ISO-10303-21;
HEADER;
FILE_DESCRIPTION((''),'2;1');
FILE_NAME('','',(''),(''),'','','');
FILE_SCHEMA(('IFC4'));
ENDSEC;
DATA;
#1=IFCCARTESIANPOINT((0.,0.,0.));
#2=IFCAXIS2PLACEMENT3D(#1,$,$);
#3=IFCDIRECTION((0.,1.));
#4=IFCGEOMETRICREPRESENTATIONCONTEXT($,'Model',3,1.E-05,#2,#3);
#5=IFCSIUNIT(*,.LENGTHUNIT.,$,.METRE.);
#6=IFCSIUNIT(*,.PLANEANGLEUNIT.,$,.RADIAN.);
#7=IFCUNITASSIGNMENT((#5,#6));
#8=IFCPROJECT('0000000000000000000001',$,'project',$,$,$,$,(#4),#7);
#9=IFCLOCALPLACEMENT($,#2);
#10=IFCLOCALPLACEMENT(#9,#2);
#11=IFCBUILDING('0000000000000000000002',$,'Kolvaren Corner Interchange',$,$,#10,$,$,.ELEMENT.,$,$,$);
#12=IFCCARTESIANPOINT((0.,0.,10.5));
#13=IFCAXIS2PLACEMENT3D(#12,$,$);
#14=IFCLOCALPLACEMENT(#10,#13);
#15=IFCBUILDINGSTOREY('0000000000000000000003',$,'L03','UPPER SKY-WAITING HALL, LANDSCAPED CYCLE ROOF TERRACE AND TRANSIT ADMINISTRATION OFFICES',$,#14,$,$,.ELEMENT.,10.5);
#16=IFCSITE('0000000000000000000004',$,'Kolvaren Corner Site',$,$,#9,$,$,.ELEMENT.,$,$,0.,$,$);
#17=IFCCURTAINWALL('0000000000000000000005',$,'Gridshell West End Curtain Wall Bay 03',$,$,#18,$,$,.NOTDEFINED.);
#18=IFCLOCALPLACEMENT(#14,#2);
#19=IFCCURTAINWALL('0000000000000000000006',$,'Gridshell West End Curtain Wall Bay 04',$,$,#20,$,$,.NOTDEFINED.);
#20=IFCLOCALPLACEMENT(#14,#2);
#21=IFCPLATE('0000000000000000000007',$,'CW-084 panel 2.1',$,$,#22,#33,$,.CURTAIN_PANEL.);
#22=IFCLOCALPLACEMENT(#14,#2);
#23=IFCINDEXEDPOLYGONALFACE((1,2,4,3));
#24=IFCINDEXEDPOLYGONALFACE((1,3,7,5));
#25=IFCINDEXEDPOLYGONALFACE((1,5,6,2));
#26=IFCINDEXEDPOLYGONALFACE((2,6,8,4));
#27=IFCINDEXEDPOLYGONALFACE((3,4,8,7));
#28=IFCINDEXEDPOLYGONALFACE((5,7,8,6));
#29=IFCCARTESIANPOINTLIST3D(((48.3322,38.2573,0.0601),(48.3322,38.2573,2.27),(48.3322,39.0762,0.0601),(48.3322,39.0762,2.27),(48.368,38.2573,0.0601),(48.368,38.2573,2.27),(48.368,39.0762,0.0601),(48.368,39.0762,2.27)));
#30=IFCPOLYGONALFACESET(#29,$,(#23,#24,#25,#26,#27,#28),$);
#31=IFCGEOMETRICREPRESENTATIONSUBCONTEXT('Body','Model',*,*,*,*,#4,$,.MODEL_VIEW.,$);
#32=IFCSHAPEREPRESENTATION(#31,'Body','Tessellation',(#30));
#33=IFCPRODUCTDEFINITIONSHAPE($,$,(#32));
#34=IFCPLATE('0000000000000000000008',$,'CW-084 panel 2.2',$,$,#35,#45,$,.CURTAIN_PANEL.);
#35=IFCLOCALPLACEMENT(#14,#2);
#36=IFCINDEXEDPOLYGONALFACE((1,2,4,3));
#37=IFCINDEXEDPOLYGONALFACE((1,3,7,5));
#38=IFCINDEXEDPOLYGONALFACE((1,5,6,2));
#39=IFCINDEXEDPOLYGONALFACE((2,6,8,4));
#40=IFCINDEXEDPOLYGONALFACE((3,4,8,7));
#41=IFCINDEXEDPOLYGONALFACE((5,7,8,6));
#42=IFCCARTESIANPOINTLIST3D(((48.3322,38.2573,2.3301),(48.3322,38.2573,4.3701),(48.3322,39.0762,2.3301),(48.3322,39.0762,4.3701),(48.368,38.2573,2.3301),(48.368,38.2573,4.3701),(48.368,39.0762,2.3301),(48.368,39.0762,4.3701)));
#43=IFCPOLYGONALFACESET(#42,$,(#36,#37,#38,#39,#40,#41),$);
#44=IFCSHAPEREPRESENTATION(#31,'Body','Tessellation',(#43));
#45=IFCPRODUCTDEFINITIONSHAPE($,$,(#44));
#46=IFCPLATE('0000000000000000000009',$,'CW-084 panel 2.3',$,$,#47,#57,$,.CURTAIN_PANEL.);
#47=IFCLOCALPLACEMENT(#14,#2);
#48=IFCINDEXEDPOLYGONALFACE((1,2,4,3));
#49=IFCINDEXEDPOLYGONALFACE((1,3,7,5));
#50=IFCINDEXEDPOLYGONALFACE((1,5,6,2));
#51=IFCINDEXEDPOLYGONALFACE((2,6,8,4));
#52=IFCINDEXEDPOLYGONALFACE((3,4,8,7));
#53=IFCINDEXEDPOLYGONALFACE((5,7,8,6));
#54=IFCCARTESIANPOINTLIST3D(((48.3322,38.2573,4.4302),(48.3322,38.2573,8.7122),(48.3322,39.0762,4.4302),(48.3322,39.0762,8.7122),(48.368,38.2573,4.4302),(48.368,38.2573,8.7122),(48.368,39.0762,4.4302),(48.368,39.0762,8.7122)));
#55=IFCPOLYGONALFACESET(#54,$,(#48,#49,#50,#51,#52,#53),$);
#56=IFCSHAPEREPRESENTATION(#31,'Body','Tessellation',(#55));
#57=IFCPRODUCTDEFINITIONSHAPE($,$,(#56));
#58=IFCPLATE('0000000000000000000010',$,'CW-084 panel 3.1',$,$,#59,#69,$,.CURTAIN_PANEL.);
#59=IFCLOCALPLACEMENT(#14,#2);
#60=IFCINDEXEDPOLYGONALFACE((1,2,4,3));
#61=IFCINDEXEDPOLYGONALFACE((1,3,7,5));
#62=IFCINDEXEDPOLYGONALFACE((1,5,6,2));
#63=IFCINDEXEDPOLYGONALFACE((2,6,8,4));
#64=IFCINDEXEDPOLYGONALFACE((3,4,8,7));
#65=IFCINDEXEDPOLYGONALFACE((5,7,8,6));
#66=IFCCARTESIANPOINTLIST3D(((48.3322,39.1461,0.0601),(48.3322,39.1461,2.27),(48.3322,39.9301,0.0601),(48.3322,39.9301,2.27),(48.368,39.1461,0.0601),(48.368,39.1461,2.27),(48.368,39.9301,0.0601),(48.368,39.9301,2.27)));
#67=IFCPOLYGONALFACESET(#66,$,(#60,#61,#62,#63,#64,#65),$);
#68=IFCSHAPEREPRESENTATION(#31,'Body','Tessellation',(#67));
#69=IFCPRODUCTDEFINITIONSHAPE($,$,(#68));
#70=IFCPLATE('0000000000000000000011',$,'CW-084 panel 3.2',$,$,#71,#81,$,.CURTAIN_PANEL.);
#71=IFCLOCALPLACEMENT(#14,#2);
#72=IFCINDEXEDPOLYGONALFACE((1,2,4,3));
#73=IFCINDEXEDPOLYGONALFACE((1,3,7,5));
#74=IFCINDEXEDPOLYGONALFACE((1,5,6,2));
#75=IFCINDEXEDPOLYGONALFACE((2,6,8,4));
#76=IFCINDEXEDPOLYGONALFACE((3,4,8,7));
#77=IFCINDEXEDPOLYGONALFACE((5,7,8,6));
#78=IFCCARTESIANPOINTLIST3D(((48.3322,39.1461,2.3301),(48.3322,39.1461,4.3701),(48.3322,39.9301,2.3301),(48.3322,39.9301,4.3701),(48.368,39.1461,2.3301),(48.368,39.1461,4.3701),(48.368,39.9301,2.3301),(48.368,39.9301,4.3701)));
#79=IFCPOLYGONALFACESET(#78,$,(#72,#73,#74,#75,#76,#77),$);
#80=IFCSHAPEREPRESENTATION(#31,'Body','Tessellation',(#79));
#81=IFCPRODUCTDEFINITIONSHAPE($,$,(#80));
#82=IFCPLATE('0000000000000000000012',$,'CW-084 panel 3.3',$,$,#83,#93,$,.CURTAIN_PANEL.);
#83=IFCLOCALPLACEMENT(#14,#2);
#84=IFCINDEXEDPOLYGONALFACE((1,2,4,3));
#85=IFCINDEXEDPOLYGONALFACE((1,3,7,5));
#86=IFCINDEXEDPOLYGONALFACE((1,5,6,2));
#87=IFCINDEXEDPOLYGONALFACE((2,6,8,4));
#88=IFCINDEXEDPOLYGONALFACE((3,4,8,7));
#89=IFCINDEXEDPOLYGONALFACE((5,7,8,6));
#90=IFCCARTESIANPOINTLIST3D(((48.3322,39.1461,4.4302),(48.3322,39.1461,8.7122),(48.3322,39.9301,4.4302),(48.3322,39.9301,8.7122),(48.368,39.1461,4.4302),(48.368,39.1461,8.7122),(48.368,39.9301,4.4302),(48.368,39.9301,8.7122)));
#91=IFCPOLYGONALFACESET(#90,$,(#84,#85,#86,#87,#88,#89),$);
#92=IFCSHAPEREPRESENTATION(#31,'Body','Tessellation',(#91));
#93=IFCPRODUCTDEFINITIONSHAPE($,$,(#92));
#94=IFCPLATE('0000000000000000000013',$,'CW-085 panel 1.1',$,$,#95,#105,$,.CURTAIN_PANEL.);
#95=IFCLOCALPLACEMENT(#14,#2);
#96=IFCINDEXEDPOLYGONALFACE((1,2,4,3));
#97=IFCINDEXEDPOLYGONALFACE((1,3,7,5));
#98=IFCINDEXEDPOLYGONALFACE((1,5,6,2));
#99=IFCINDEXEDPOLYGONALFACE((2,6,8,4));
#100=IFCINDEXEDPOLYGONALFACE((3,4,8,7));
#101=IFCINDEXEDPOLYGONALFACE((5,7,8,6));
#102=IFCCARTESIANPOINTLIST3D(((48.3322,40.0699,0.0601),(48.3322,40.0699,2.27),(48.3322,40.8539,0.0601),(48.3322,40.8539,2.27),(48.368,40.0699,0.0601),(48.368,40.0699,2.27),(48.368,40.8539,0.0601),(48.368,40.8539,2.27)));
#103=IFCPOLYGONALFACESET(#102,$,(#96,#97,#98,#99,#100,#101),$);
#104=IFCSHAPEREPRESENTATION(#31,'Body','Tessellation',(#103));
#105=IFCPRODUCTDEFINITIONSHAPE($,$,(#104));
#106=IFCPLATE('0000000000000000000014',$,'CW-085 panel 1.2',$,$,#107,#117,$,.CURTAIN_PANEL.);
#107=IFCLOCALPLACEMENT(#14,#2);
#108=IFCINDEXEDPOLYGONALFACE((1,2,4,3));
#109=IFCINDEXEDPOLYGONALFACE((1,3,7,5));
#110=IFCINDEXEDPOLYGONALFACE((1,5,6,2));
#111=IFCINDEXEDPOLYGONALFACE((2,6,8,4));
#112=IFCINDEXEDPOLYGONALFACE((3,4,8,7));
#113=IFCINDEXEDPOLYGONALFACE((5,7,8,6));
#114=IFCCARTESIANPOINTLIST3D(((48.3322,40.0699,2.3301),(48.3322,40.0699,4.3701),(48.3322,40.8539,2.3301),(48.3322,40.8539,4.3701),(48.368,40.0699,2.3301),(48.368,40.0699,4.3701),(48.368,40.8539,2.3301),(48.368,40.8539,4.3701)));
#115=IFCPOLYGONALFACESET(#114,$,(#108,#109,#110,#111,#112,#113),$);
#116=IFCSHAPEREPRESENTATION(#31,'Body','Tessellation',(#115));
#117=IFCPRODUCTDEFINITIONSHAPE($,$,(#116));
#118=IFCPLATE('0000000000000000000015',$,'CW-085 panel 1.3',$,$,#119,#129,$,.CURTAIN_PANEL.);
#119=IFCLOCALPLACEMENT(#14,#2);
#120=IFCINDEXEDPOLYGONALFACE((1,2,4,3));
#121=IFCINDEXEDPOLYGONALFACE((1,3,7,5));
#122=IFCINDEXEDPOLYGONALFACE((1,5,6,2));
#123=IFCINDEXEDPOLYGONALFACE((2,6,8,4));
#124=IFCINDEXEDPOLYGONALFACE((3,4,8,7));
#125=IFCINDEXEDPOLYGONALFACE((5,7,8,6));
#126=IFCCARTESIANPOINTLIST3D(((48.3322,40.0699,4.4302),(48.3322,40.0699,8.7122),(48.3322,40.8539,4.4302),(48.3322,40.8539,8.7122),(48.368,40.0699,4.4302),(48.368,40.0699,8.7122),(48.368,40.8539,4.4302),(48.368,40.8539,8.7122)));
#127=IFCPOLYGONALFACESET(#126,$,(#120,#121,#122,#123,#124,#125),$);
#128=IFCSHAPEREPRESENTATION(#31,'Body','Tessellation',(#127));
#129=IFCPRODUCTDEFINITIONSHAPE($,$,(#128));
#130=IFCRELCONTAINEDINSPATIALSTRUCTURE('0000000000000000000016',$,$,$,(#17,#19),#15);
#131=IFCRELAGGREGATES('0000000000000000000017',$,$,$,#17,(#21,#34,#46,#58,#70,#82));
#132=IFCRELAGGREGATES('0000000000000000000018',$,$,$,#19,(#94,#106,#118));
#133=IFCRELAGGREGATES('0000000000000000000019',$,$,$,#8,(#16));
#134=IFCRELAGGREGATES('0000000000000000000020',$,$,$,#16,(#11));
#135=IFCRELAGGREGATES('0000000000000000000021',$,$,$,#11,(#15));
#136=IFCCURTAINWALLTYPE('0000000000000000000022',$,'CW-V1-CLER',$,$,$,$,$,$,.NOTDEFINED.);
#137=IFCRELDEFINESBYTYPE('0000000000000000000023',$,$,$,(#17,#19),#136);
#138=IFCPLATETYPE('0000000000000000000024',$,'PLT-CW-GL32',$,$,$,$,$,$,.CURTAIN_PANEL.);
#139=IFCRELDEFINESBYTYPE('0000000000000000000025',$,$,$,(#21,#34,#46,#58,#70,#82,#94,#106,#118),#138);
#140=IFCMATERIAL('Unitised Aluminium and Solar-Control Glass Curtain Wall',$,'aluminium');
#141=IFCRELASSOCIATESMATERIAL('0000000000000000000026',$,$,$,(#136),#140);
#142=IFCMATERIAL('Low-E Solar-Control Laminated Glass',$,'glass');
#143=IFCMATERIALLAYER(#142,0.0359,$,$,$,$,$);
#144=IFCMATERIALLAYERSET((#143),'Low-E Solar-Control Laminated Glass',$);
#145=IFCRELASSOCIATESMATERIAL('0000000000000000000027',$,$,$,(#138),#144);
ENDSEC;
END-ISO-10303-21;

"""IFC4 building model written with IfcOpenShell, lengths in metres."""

from ifc_helpers import new_model, si_unit, direction, frame, origin, origin_2d, place, context, subcontext, project, spatial, rectangle, extrude, material, layer, layer_set, type_object, element, aggregate, save


model = new_model("IFC4")

# Units and contexts
model_context = context("Model", 3, precision=1e-05, world=origin(), true_north=direction((0.0, 1.0)))
body_context = subcontext(model_context, "Body", "Model", "MODEL_VIEW")
ifc_project = project(units=[si_unit("LENGTHUNIT", "METRE"), si_unit("PLANEANGLEUNIT", "RADIAN")], contexts=[model_context])

# Site, building, storey
site_placement = place(None, origin())
site = spatial("IfcSite", under=ifc_project, at=site_placement, Name="Kolvaren Corner Site", CompositionType="ELEMENT", RefElevation=0.0)
building_placement = place(site_placement, origin())
building = spatial("IfcBuilding", under=site, at=building_placement, Name="Kolvaren Corner Interchange", CompositionType="ELEMENT")
storey_placement = place(building_placement, frame((0.0, 0.0, 10.5)))
storey = spatial("IfcBuildingStorey", under=building, at=storey_placement, Name="L03", Description="UPPER SKY-WAITING HALL, LANDSCAPED CYCLE ROOF TERRACE AND TRANSIT ADMINISTRATION OFFICES", CompositionType="ELEMENT", Elevation=10.5)

# Curtain walls
ifc_material_1 = material(Name="Unitised Aluminium and Solar-Control Glass Curtain Wall", Category="aluminium")
curtain_wall_type = type_object("IfcCurtainWallType", Name="CW-V1-CLER", PredefinedType="NOTDEFINED", material=ifc_material_1)
curtain_wall_1_placement = place(storey_placement, origin())
curtain_wall_1 = element("IfcCurtainWall", 1, at=curtain_wall_1_placement, inside=storey, type_object=curtain_wall_type, Name="Gridshell West End Curtain Wall Bay 03", PredefinedType="NOTDEFINED")
curtain_wall_2_placement = place(storey_placement, origin())
curtain_wall_2 = element("IfcCurtainWall", 2, at=curtain_wall_2_placement, inside=storey, type_object=curtain_wall_type, Name="Gridshell West End Curtain Wall Bay 04", PredefinedType="NOTDEFINED")

# Plates
ifc_material_2 = material(Name="Low-E Solar-Control Laminated Glass", Category="glass")
ifc_layer = layer(ifc_material_2, 0.0359)
ifc_layer_set = layer_set([ifc_layer], Name="Low-E Solar-Control Laminated Glass")
plate_type = type_object("IfcPlateType", Name="PLT-CW-GL32", PredefinedType="CURTAIN_PANEL", material=ifc_layer_set)
plate_1_placement = place(storey_placement, frame((48.3501, 38.6667, 0.0601), z_axis=(0.0, 0.0, 1.0), x_axis=(0.0, 1.0, 0.0)))
plate_1 = element("IfcPlate", 3, at=plate_1_placement, type_object=plate_type, Name="CW-084 panel 2.1", PredefinedType="CURTAIN_PANEL", context=body_context, shape_type="SweptSolid", body=[
    extrude(rectangle(XDim=0.8188, YDim=0.0359, at=origin_2d()), origin(), (0.0, 0.0, 1.0), 2.21),
])
plate_2_placement = place(storey_placement, frame((48.3501, 38.6667, 2.3301), z_axis=(0.0, 0.0, 1.0), x_axis=(0.0, 1.0, 0.0)))
plate_2 = element("IfcPlate", 4, at=plate_2_placement, type_object=plate_type, Name="CW-084 panel 2.2", PredefinedType="CURTAIN_PANEL", context=body_context, shape_type="SweptSolid", body=[
    extrude(rectangle(XDim=0.8188, YDim=0.0359, at=origin_2d()), origin(), (0.0, 0.0, 1.0), 2.04),
])
plate_3_placement = place(storey_placement, frame((48.3501, 38.6667, 4.4302), z_axis=(0.0, 0.0, 1.0), x_axis=(0.0, 1.0, 0.0)))
plate_3 = element("IfcPlate", 5, at=plate_3_placement, type_object=plate_type, Name="CW-084 panel 2.3", PredefinedType="CURTAIN_PANEL", context=body_context, shape_type="SweptSolid", body=[
    extrude(rectangle(XDim=0.8188, YDim=0.0359, at=origin_2d()), origin(), (0.0, 0.0, 1.0), 4.282),
])
plate_4_placement = place(storey_placement, frame((48.3501, 39.5381, 0.0601), z_axis=(0.0, 0.0, 1.0), x_axis=(0.0, 1.0, 0.0)))
plate_4 = element("IfcPlate", 6, at=plate_4_placement, type_object=plate_type, Name="CW-084 panel 3.1", PredefinedType="CURTAIN_PANEL", context=body_context, shape_type="SweptSolid", body=[
    extrude(rectangle(XDim=0.7839, YDim=0.0359, at=origin_2d()), origin(), (0.0, 0.0, 1.0), 2.21),
])
plate_5_placement = place(storey_placement, frame((48.3501, 39.5381, 2.3301), z_axis=(0.0, 0.0, 1.0), x_axis=(0.0, 1.0, 0.0)))
plate_5 = element("IfcPlate", 7, at=plate_5_placement, type_object=plate_type, Name="CW-084 panel 3.2", PredefinedType="CURTAIN_PANEL", context=body_context, shape_type="SweptSolid", body=[
    extrude(rectangle(XDim=0.7839, YDim=0.0359, at=origin_2d()), origin(), (0.0, 0.0, 1.0), 2.04),
])
plate_6_placement = place(storey_placement, frame((48.3501, 39.5381, 4.4302), z_axis=(0.0, 0.0, 1.0), x_axis=(0.0, 1.0, 0.0)))
plate_6 = element("IfcPlate", 8, at=plate_6_placement, type_object=plate_type, Name="CW-084 panel 3.3", PredefinedType="CURTAIN_PANEL", context=body_context, shape_type="SweptSolid", body=[
    extrude(rectangle(XDim=0.7839, YDim=0.0359, at=origin_2d()), origin(), (0.0, 0.0, 1.0), 4.282),
])
aggregate(curtain_wall_1, [plate_1, plate_2, plate_3, plate_4, plate_5, plate_6])
plate_7_placement = place(storey_placement, frame((48.3501, 40.4619, 0.0601), z_axis=(0.0, 0.0, 1.0), x_axis=(0.0, 1.0, 0.0)))
plate_7 = element("IfcPlate", 9, at=plate_7_placement, type_object=plate_type, Name="CW-085 panel 1.1", PredefinedType="CURTAIN_PANEL", context=body_context, shape_type="SweptSolid", body=[
    extrude(rectangle(XDim=0.7839, YDim=0.0359, at=origin_2d()), origin(), (0.0, 0.0, 1.0), 2.21),
])
plate_8_placement = place(storey_placement, frame((48.3501, 40.4619, 2.3301), z_axis=(0.0, 0.0, 1.0), x_axis=(0.0, 1.0, 0.0)))
plate_8 = element("IfcPlate", 10, at=plate_8_placement, type_object=plate_type, Name="CW-085 panel 1.2", PredefinedType="CURTAIN_PANEL", context=body_context, shape_type="SweptSolid", body=[
    extrude(rectangle(XDim=0.7839, YDim=0.0359, at=origin_2d()), origin(), (0.0, 0.0, 1.0), 2.04),
])
plate_9_placement = place(storey_placement, frame((48.3501, 40.4619, 4.4302), z_axis=(0.0, 0.0, 1.0), x_axis=(0.0, 1.0, 0.0)))
plate_9 = element("IfcPlate", 11, at=plate_9_placement, type_object=plate_type, Name="CW-085 panel 1.3", PredefinedType="CURTAIN_PANEL", context=body_context, shape_type="SweptSolid", body=[
    extrude(rectangle(XDim=0.7839, YDim=0.0359, at=origin_2d()), origin(), (0.0, 0.0, 1.0), 4.282),
])
aggregate(curtain_wall_2, [plate_7, plate_8, plate_9])

save(model, "model.ifc")
